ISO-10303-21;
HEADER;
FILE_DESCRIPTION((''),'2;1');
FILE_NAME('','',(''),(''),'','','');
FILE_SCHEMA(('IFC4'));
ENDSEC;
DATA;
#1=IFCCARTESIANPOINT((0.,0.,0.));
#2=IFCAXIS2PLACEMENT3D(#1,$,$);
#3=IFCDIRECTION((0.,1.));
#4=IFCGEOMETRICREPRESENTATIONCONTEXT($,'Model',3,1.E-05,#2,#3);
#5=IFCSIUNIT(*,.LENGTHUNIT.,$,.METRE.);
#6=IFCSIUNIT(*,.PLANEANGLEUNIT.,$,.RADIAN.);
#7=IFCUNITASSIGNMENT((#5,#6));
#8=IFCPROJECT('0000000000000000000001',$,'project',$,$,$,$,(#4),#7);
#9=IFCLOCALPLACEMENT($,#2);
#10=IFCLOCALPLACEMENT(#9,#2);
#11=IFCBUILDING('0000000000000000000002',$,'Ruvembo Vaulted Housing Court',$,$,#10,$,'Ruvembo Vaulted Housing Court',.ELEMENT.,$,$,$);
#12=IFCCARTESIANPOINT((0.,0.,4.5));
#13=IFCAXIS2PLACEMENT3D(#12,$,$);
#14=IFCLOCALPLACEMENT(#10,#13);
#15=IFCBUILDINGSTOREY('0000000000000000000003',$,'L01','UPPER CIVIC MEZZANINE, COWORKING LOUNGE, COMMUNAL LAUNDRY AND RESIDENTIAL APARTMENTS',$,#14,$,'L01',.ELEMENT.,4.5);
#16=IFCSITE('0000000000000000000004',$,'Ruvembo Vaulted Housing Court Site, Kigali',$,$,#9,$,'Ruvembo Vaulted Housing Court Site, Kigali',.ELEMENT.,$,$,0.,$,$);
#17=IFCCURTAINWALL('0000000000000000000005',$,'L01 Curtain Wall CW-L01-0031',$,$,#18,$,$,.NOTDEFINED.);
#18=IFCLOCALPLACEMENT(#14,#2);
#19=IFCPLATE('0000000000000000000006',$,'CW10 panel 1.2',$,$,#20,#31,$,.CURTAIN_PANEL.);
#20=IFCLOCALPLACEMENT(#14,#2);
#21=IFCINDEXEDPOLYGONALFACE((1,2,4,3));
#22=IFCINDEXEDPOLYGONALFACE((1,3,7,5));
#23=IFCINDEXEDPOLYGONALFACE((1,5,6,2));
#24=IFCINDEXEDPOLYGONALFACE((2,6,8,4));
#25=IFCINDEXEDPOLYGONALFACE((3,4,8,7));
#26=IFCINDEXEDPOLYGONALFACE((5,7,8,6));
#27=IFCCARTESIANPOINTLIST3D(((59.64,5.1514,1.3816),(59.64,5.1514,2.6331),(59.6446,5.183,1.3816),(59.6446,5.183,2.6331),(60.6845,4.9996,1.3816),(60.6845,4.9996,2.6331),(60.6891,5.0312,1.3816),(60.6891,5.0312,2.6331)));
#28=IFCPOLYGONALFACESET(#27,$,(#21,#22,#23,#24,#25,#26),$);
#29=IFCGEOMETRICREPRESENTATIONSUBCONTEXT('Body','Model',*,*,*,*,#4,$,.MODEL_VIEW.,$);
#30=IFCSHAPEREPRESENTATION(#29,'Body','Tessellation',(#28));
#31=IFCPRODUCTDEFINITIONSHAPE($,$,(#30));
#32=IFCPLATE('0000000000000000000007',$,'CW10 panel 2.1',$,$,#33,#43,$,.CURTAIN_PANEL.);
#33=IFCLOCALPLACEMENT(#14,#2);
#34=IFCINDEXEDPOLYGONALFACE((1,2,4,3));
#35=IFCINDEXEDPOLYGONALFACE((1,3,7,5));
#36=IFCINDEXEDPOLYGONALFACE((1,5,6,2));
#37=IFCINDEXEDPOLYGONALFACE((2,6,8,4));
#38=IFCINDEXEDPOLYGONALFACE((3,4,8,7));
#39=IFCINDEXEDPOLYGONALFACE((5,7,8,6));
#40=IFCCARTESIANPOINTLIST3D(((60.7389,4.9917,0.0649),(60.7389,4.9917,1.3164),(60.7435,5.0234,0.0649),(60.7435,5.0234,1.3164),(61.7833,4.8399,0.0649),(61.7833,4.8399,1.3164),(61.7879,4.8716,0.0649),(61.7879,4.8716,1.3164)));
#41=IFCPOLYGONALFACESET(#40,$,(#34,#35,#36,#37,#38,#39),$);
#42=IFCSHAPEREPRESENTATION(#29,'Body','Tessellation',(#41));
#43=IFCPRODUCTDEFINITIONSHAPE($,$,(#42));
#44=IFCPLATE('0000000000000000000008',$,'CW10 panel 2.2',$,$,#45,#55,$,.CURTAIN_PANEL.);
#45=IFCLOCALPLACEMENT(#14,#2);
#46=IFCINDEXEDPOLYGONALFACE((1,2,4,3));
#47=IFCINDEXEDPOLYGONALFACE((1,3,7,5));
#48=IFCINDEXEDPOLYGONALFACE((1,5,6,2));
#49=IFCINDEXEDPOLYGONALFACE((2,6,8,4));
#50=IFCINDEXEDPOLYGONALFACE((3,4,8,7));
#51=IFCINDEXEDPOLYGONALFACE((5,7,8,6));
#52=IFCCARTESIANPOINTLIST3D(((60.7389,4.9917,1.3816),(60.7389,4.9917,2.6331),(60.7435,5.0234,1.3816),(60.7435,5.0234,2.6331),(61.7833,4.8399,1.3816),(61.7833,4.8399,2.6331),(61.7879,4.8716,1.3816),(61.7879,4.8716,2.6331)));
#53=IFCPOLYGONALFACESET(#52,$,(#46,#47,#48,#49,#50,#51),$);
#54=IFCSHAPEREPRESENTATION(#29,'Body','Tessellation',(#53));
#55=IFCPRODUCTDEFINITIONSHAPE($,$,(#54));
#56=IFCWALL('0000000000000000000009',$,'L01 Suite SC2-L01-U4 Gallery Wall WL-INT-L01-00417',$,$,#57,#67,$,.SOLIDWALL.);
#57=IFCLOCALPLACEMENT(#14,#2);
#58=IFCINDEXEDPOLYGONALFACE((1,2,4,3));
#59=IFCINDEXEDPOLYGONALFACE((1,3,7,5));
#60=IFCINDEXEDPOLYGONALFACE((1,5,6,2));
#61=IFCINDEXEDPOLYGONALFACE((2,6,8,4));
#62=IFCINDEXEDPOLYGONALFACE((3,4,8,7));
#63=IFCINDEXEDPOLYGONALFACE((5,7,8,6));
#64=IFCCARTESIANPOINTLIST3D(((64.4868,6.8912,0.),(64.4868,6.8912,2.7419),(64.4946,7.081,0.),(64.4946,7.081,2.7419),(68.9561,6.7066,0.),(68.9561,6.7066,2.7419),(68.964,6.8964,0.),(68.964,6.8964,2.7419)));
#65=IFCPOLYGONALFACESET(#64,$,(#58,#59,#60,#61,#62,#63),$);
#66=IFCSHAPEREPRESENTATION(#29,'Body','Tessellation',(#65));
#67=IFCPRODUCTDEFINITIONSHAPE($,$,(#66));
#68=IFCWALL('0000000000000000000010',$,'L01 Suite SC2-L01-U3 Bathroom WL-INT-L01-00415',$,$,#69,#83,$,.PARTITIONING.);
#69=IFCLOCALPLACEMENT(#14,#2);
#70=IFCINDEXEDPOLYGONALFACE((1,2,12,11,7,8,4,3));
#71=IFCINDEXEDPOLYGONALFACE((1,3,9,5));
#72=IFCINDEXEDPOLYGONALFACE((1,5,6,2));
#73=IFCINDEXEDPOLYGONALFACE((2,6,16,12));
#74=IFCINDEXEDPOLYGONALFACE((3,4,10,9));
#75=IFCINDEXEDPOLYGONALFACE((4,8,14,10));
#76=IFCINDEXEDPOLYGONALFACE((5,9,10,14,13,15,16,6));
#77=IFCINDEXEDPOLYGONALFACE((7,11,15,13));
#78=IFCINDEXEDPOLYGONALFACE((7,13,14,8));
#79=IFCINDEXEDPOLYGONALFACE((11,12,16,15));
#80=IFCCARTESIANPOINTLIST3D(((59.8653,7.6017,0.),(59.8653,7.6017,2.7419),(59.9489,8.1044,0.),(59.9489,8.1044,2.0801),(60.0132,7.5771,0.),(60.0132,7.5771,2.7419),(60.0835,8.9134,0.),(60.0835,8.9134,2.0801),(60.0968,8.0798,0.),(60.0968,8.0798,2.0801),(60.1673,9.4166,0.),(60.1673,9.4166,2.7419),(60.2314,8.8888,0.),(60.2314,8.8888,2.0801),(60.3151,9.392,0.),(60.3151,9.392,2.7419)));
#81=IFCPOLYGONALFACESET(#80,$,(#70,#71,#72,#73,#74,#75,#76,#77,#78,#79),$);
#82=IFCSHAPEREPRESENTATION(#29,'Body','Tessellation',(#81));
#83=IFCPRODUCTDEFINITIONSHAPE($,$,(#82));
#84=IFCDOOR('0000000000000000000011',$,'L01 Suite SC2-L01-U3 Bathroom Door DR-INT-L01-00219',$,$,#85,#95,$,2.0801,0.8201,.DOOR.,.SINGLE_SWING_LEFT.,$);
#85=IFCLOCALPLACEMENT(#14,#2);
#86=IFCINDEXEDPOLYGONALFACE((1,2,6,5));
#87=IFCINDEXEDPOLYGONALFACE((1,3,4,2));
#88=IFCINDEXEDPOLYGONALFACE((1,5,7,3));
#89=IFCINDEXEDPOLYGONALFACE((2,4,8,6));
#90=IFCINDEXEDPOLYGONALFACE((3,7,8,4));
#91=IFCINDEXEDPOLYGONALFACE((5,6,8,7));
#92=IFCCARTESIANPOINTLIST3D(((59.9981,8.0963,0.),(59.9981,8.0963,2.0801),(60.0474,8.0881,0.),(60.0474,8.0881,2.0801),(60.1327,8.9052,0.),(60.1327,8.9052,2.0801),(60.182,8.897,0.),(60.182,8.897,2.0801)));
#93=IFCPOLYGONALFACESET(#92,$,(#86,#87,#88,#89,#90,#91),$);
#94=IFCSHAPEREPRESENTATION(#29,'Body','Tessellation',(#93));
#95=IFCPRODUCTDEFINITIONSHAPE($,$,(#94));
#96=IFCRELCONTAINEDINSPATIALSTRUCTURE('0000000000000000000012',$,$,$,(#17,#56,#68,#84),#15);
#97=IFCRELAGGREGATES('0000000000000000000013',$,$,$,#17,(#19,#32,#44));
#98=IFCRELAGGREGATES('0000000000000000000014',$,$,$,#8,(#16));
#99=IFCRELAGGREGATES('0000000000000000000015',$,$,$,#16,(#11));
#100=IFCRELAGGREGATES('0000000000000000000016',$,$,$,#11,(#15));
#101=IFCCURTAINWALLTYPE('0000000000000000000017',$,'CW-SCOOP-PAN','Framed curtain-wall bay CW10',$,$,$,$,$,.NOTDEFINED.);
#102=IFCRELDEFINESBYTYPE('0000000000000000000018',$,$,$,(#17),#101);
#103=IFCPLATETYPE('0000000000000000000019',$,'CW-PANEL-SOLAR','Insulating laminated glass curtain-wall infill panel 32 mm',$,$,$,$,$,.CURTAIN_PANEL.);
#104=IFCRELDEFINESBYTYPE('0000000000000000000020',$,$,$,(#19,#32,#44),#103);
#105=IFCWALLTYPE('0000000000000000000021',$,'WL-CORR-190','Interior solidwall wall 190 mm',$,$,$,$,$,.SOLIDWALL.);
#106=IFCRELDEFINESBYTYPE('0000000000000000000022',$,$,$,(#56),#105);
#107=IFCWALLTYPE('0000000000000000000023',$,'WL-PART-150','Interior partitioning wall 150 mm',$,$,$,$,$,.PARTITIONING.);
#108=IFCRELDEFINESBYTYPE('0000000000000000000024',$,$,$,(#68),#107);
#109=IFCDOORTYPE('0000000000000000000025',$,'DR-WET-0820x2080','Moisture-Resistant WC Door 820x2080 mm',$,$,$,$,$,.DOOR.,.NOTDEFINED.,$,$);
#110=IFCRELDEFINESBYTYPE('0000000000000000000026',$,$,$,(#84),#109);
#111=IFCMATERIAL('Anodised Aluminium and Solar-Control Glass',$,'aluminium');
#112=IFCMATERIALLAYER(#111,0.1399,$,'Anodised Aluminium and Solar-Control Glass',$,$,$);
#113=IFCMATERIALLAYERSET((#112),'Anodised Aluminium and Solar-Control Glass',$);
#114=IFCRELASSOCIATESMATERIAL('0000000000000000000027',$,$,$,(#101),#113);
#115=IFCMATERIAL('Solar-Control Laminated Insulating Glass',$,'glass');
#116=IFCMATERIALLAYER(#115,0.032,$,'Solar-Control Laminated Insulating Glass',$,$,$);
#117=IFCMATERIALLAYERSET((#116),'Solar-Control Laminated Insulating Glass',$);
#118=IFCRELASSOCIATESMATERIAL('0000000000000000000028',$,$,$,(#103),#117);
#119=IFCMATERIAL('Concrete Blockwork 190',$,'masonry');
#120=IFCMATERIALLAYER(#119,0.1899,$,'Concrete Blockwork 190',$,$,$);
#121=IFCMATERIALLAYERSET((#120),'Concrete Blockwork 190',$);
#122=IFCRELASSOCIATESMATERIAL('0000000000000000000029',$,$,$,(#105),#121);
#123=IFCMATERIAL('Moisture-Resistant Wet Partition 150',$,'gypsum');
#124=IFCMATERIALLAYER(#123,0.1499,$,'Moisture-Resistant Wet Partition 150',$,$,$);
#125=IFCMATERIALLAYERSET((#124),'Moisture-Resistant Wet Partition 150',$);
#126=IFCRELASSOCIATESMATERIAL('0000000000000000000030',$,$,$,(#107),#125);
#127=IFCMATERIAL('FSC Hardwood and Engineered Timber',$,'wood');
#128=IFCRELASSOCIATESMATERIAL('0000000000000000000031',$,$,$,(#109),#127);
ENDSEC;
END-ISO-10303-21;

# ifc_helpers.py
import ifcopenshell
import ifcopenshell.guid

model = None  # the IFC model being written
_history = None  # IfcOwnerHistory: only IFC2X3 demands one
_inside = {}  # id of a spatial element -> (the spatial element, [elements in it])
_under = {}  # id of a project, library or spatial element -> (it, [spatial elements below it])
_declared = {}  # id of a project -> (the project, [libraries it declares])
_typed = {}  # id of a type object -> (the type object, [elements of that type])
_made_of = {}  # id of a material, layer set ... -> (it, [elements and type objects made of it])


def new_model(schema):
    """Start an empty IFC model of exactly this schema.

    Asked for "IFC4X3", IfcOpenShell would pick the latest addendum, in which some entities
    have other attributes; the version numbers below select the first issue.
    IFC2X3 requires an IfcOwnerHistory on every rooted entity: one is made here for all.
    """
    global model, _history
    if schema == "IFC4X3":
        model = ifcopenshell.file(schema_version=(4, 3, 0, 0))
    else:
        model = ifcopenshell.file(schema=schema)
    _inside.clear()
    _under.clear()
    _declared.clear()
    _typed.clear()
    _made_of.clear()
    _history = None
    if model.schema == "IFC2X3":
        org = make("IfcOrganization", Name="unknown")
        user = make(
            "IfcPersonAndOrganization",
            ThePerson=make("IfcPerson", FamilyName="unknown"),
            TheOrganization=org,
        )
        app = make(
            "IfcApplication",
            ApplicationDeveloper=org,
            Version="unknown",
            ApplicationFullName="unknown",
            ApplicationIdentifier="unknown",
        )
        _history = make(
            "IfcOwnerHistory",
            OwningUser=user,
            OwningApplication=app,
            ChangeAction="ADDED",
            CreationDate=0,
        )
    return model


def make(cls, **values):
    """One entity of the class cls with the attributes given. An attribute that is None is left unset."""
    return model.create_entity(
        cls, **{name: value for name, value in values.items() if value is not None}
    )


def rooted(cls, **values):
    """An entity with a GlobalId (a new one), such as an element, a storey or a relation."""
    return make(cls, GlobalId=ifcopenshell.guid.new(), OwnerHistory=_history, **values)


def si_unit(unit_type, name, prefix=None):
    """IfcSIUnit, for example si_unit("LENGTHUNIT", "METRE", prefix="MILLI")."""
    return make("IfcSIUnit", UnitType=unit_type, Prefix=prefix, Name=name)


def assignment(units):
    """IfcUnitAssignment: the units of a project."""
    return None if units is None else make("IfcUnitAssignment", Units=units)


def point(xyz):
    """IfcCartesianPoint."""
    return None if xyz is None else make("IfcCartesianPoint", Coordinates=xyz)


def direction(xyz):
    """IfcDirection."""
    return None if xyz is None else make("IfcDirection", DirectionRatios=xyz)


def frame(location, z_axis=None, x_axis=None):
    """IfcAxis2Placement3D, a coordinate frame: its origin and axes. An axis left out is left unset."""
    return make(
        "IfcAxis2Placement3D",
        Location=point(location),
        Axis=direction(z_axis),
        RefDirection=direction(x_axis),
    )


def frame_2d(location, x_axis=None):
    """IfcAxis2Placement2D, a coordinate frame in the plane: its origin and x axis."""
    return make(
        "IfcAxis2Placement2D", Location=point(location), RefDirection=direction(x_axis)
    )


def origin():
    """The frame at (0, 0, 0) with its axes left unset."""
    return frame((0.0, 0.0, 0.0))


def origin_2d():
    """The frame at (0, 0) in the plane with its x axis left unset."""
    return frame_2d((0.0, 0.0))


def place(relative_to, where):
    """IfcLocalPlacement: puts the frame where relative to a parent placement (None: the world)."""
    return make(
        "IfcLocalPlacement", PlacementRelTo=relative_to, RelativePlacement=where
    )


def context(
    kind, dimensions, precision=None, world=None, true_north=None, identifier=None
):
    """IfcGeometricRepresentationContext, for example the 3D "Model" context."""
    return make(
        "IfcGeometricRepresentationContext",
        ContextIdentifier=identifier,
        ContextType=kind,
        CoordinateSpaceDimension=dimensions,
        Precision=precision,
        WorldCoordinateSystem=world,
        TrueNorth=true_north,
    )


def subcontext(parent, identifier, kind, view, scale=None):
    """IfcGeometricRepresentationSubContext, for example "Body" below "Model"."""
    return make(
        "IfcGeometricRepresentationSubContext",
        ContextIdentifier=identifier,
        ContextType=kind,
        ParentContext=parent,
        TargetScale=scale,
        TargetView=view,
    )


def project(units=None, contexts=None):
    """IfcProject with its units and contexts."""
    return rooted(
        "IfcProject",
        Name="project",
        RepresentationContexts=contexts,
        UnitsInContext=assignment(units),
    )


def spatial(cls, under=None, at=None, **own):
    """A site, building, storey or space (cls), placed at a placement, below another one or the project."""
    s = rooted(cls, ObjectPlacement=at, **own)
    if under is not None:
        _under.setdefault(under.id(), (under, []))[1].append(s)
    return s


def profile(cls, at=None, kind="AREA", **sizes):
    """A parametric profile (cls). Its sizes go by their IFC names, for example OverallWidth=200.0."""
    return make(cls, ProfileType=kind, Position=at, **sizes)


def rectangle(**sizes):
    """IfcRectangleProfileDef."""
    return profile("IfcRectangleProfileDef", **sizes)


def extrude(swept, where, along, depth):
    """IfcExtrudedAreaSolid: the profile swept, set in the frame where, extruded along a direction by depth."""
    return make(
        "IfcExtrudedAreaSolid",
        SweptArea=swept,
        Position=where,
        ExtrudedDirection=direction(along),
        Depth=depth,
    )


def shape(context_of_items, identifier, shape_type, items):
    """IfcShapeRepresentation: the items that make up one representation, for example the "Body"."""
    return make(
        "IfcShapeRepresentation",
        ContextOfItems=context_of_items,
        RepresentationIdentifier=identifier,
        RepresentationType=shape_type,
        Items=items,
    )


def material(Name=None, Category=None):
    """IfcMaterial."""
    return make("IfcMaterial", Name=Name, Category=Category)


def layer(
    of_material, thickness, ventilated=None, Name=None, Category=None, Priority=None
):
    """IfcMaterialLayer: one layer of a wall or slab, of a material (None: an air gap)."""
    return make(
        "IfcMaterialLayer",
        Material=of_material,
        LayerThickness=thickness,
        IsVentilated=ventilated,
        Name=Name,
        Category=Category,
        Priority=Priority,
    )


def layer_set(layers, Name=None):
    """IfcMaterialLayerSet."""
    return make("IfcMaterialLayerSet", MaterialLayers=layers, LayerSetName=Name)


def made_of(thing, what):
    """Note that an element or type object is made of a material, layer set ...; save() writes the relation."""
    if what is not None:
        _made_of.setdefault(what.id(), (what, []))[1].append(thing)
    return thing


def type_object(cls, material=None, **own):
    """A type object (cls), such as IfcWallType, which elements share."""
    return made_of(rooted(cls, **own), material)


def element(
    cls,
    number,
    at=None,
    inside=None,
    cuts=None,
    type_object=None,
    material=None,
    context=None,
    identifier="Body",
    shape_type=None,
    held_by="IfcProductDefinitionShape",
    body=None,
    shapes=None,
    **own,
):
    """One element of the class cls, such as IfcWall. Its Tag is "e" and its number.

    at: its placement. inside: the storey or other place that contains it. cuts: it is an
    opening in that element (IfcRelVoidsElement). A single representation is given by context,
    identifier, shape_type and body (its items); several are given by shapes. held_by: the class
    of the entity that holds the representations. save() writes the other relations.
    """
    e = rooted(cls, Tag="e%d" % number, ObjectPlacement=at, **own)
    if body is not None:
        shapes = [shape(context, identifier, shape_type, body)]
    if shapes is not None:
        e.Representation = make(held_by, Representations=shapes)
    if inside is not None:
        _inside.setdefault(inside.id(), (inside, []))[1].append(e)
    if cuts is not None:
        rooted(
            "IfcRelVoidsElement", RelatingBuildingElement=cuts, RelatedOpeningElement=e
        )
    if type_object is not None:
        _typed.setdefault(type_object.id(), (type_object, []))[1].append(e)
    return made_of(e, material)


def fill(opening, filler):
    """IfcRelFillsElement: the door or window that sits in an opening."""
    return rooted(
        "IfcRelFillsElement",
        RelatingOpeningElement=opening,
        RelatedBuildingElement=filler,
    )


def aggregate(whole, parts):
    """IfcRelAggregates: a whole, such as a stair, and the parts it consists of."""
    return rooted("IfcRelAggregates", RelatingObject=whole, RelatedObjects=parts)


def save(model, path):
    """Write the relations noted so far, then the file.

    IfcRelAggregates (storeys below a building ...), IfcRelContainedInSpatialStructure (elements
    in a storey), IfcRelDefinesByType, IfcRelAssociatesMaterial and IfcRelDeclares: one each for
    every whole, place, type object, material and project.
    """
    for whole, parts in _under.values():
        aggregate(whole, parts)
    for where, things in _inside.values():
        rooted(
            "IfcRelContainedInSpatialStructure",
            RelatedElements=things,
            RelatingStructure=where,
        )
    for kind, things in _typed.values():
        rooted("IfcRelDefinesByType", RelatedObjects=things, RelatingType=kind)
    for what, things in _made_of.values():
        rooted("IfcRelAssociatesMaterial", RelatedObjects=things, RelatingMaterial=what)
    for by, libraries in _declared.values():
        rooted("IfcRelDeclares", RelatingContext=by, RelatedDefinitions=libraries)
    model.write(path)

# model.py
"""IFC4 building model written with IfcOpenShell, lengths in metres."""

from ifc_helpers import new_model, si_unit, direction, frame, frame_2d, origin, origin_2d, place, context, subcontext, project, spatial, rectangle, extrude, material, layer, layer_set, type_object, element, fill, aggregate, save


model = new_model("IFC4")

# Units and contexts
model_context = context("Model", 3, precision=1e-05, world=origin(), true_north=direction((0.0, 1.0)))
body_context = subcontext(model_context, "Body", "Model", "MODEL_VIEW")
ifc_project = project(units=[si_unit("LENGTHUNIT", "METRE"), si_unit("PLANEANGLEUNIT", "RADIAN")], contexts=[model_context])

# Site, building, storey
site_placement = place(None, origin())
site = spatial("IfcSite", under=ifc_project, at=site_placement, Name="Ruvembo Vaulted Housing Court Site, Kigali", LongName="Ruvembo Vaulted Housing Court Site, Kigali", CompositionType="ELEMENT", RefElevation=0.0)
building_placement = place(site_placement, origin())
building = spatial("IfcBuilding", under=site, at=building_placement, Name="Ruvembo Vaulted Housing Court", LongName="Ruvembo Vaulted Housing Court", CompositionType="ELEMENT")
storey_placement = place(building_placement, frame((0.0, 0.0, 4.5)))
storey = spatial("IfcBuildingStorey", under=building, at=storey_placement, Name="L01", Description="UPPER CIVIC MEZZANINE, COWORKING LOUNGE, COMMUNAL LAUNDRY AND RESIDENTIAL APARTMENTS", LongName="L01", CompositionType="ELEMENT", Elevation=4.5)

# Curtain wall, plates
ifc_material_1 = material(Name="Anodised Aluminium and Solar-Control Glass", Category="aluminium")
ifc_layer_1 = layer(ifc_material_1, 0.1399, Name="Anodised Aluminium and Solar-Control Glass")
ifc_layer_set_1 = layer_set([ifc_layer_1], Name="Anodised Aluminium and Solar-Control Glass")
curtain_wall_type = type_object("IfcCurtainWallType", Name="CW-SCOOP-PAN", Description="Framed curtain-wall bay CW10", PredefinedType="NOTDEFINED", material=ifc_layer_set_1)
curtain_wall_placement = place(storey_placement, origin())
curtain_wall = element("IfcCurtainWall", 1, at=curtain_wall_placement, inside=storey, type_object=curtain_wall_type, Name="L01 Curtain Wall CW-L01-0031", PredefinedType="NOTDEFINED")
ifc_material_2 = material(Name="Solar-Control Laminated Insulating Glass", Category="glass")
ifc_layer_2 = layer(ifc_material_2, 0.032, Name="Solar-Control Laminated Insulating Glass")
ifc_layer_set_2 = layer_set([ifc_layer_2], Name="Solar-Control Laminated Insulating Glass")
plate_type = type_object("IfcPlateType", Name="CW-PANEL-SOLAR", Description="Insulating laminated glass curtain-wall infill panel 32 mm", PredefinedType="CURTAIN_PANEL", material=ifc_layer_set_2)
plate_1_placement = place(storey_placement, frame((60.1646, 5.0913, 1.3816), z_axis=(0.0, 0.0, 1.0), x_axis=(0.989599, -0.143851, 0.0)))
plate_1 = element("IfcPlate", 2, at=plate_1_placement, type_object=plate_type, Name="CW10 panel 1.2", PredefinedType="CURTAIN_PANEL", context=body_context, shape_type="SweptSolid", body=[
    extrude(rectangle(XDim=1.0554, YDim=0.032, at=origin_2d()), origin(), (0.0, 0.0, 1.0), 1.2515),
])
plate_2_placement = place(storey_placement, frame((61.2634, 4.9316, 0.0649), z_axis=(0.0, 0.0, 1.0), x_axis=(0.989599, -0.143851, 0.0)))
plate_2 = element("IfcPlate", 3, at=plate_2_placement, type_object=plate_type, Name="CW10 panel 2.1", PredefinedType="CURTAIN_PANEL", context=body_context, shape_type="SweptSolid", body=[
    extrude(rectangle(XDim=1.0554, YDim=0.032, at=origin_2d()), origin(), (0.0, 0.0, 1.0), 1.2515),
])
plate_3_placement = place(storey_placement, frame((61.2634, 4.9316, 1.3816), z_axis=(0.0, 0.0, 1.0), x_axis=(0.989599, -0.143851, 0.0)))
plate_3 = element("IfcPlate", 4, at=plate_3_placement, type_object=plate_type, Name="CW10 panel 2.2", PredefinedType="CURTAIN_PANEL", context=body_context, shape_type="SweptSolid", body=[
    extrude(rectangle(XDim=1.0554, YDim=0.032, at=origin_2d()), origin(), (0.0, 0.0, 1.0), 1.2515),
])
aggregate(curtain_wall, [plate_1, plate_2, plate_3])

# Shared definitions
ifc_material_3 = material(Name="Concrete Blockwork 190", Category="masonry")
ifc_layer_3 = layer(ifc_material_3, 0.1899, Name="Concrete Blockwork 190")
ifc_layer_set_3 = layer_set([ifc_layer_3], Name="Concrete Blockwork 190")
wall_type_1 = type_object("IfcWallType", Name="WL-CORR-190", Description="Interior solidwall wall 190 mm", PredefinedType="SOLIDWALL", material=ifc_layer_set_3)
ifc_material_4 = material(Name="FSC Hardwood and Engineered Timber", Category="wood")

# Wall
wall_1_placement = place(storey_placement, frame((64.4907, 6.9861, 0.0), z_axis=(0.0, 0.0, 1.0), x_axis=(0.999148, -0.041263, 0.0)))
element("IfcWall", 5, at=wall_1_placement, inside=storey, type_object=wall_type_1, Name="L01 Suite SC2-L01-U4 Gallery Wall WL-INT-L01-00417", PredefinedType="SOLIDWALL", context=body_context, shape_type="SweptSolid", body=[
    extrude(rectangle(XDim=4.4731, YDim=0.1899, at=frame_2d((2.2366, 0.0))), origin(), (0.0, 0.0, 1.0), 2.7419),
])

# Wall, opening, door
ifc_material_5 = material(Name="Moisture-Resistant Wet Partition 150", Category="gypsum")
ifc_layer_4 = layer(ifc_material_5, 0.1499, Name="Moisture-Resistant Wet Partition 150")
ifc_layer_set_4 = layer_set([ifc_layer_4], Name="Moisture-Resistant Wet Partition 150")
wall_type_2 = type_object("IfcWallType", Name="WL-PART-150", Description="Interior partitioning wall 150 mm", PredefinedType="PARTITIONING", material=ifc_layer_set_4)
wall_2_placement = place(storey_placement, frame((60.2412, 9.4043, 0.0), z_axis=(0.0, 0.0, 1.0), x_axis=(-0.164141, -0.986437, 0.0)))
wall_2 = element("IfcWall", 6, at=wall_2_placement, inside=storey, type_object=wall_type_2, Name="L01 Suite SC2-L01-U3 Bathroom WL-INT-L01-00415", PredefinedType="PARTITIONING", context=body_context, shape_type="SweptSolid", body=[
    extrude(rectangle(XDim=1.8398, YDim=0.1499, at=frame_2d((0.9199, 0.0))), origin(), (0.0, 0.0, 1.0), 2.7419),
])
opening_1_placement = place(wall_2_placement, frame((0.51, 0.0, 0.0)))
opening_1 = element("IfcOpeningElement", 7, at=opening_1_placement, cuts=wall_2, PredefinedType="OPENING", context=body_context, shape_type="SweptSolid", body=[
    extrude(rectangle(XDim=0.8201, YDim=2.0801, at=frame_2d((0.4102, 1.04))), frame((0.0, 0.085, 0.0), z_axis=(0.0, -1.0, 0.0), x_axis=(1.0, 0.0, 0.0)), (0.0, 0.0, 1.0), 0.1699),
])
door_type_1 = type_object("IfcDoorType", Name="DR-WET-0820x2080", Description="Moisture-Resistant WC Door 820x2080 mm", OperationType="NOTDEFINED", PredefinedType="DOOR", material=ifc_material_4)
door_1_placement = place(opening_1_placement, origin())
door_1 = element("IfcDoor", 8, at=door_1_placement, inside=storey, type_object=door_type_1, Name="L01 Suite SC2-L01-U3 Bathroom Door DR-INT-L01-00219", OperationType="SINGLE_SWING_LEFT", OverallHeight=2.0801, OverallWidth=0.8201, PredefinedType="DOOR", context=body_context, shape_type="SweptSolid", body=[
    extrude(rectangle(XDim=0.8201, YDim=2.0801, at=frame_2d((0.4102, 1.04))), frame((0.0, 0.0249, 0.0), z_axis=(0.0, -1.0, 0.0), x_axis=(1.0, 0.0, 0.0)), (0.0, 0.0, 1.0), 0.05),
])
fill(opening_1, door_1)

save(model, "model.ifc")
